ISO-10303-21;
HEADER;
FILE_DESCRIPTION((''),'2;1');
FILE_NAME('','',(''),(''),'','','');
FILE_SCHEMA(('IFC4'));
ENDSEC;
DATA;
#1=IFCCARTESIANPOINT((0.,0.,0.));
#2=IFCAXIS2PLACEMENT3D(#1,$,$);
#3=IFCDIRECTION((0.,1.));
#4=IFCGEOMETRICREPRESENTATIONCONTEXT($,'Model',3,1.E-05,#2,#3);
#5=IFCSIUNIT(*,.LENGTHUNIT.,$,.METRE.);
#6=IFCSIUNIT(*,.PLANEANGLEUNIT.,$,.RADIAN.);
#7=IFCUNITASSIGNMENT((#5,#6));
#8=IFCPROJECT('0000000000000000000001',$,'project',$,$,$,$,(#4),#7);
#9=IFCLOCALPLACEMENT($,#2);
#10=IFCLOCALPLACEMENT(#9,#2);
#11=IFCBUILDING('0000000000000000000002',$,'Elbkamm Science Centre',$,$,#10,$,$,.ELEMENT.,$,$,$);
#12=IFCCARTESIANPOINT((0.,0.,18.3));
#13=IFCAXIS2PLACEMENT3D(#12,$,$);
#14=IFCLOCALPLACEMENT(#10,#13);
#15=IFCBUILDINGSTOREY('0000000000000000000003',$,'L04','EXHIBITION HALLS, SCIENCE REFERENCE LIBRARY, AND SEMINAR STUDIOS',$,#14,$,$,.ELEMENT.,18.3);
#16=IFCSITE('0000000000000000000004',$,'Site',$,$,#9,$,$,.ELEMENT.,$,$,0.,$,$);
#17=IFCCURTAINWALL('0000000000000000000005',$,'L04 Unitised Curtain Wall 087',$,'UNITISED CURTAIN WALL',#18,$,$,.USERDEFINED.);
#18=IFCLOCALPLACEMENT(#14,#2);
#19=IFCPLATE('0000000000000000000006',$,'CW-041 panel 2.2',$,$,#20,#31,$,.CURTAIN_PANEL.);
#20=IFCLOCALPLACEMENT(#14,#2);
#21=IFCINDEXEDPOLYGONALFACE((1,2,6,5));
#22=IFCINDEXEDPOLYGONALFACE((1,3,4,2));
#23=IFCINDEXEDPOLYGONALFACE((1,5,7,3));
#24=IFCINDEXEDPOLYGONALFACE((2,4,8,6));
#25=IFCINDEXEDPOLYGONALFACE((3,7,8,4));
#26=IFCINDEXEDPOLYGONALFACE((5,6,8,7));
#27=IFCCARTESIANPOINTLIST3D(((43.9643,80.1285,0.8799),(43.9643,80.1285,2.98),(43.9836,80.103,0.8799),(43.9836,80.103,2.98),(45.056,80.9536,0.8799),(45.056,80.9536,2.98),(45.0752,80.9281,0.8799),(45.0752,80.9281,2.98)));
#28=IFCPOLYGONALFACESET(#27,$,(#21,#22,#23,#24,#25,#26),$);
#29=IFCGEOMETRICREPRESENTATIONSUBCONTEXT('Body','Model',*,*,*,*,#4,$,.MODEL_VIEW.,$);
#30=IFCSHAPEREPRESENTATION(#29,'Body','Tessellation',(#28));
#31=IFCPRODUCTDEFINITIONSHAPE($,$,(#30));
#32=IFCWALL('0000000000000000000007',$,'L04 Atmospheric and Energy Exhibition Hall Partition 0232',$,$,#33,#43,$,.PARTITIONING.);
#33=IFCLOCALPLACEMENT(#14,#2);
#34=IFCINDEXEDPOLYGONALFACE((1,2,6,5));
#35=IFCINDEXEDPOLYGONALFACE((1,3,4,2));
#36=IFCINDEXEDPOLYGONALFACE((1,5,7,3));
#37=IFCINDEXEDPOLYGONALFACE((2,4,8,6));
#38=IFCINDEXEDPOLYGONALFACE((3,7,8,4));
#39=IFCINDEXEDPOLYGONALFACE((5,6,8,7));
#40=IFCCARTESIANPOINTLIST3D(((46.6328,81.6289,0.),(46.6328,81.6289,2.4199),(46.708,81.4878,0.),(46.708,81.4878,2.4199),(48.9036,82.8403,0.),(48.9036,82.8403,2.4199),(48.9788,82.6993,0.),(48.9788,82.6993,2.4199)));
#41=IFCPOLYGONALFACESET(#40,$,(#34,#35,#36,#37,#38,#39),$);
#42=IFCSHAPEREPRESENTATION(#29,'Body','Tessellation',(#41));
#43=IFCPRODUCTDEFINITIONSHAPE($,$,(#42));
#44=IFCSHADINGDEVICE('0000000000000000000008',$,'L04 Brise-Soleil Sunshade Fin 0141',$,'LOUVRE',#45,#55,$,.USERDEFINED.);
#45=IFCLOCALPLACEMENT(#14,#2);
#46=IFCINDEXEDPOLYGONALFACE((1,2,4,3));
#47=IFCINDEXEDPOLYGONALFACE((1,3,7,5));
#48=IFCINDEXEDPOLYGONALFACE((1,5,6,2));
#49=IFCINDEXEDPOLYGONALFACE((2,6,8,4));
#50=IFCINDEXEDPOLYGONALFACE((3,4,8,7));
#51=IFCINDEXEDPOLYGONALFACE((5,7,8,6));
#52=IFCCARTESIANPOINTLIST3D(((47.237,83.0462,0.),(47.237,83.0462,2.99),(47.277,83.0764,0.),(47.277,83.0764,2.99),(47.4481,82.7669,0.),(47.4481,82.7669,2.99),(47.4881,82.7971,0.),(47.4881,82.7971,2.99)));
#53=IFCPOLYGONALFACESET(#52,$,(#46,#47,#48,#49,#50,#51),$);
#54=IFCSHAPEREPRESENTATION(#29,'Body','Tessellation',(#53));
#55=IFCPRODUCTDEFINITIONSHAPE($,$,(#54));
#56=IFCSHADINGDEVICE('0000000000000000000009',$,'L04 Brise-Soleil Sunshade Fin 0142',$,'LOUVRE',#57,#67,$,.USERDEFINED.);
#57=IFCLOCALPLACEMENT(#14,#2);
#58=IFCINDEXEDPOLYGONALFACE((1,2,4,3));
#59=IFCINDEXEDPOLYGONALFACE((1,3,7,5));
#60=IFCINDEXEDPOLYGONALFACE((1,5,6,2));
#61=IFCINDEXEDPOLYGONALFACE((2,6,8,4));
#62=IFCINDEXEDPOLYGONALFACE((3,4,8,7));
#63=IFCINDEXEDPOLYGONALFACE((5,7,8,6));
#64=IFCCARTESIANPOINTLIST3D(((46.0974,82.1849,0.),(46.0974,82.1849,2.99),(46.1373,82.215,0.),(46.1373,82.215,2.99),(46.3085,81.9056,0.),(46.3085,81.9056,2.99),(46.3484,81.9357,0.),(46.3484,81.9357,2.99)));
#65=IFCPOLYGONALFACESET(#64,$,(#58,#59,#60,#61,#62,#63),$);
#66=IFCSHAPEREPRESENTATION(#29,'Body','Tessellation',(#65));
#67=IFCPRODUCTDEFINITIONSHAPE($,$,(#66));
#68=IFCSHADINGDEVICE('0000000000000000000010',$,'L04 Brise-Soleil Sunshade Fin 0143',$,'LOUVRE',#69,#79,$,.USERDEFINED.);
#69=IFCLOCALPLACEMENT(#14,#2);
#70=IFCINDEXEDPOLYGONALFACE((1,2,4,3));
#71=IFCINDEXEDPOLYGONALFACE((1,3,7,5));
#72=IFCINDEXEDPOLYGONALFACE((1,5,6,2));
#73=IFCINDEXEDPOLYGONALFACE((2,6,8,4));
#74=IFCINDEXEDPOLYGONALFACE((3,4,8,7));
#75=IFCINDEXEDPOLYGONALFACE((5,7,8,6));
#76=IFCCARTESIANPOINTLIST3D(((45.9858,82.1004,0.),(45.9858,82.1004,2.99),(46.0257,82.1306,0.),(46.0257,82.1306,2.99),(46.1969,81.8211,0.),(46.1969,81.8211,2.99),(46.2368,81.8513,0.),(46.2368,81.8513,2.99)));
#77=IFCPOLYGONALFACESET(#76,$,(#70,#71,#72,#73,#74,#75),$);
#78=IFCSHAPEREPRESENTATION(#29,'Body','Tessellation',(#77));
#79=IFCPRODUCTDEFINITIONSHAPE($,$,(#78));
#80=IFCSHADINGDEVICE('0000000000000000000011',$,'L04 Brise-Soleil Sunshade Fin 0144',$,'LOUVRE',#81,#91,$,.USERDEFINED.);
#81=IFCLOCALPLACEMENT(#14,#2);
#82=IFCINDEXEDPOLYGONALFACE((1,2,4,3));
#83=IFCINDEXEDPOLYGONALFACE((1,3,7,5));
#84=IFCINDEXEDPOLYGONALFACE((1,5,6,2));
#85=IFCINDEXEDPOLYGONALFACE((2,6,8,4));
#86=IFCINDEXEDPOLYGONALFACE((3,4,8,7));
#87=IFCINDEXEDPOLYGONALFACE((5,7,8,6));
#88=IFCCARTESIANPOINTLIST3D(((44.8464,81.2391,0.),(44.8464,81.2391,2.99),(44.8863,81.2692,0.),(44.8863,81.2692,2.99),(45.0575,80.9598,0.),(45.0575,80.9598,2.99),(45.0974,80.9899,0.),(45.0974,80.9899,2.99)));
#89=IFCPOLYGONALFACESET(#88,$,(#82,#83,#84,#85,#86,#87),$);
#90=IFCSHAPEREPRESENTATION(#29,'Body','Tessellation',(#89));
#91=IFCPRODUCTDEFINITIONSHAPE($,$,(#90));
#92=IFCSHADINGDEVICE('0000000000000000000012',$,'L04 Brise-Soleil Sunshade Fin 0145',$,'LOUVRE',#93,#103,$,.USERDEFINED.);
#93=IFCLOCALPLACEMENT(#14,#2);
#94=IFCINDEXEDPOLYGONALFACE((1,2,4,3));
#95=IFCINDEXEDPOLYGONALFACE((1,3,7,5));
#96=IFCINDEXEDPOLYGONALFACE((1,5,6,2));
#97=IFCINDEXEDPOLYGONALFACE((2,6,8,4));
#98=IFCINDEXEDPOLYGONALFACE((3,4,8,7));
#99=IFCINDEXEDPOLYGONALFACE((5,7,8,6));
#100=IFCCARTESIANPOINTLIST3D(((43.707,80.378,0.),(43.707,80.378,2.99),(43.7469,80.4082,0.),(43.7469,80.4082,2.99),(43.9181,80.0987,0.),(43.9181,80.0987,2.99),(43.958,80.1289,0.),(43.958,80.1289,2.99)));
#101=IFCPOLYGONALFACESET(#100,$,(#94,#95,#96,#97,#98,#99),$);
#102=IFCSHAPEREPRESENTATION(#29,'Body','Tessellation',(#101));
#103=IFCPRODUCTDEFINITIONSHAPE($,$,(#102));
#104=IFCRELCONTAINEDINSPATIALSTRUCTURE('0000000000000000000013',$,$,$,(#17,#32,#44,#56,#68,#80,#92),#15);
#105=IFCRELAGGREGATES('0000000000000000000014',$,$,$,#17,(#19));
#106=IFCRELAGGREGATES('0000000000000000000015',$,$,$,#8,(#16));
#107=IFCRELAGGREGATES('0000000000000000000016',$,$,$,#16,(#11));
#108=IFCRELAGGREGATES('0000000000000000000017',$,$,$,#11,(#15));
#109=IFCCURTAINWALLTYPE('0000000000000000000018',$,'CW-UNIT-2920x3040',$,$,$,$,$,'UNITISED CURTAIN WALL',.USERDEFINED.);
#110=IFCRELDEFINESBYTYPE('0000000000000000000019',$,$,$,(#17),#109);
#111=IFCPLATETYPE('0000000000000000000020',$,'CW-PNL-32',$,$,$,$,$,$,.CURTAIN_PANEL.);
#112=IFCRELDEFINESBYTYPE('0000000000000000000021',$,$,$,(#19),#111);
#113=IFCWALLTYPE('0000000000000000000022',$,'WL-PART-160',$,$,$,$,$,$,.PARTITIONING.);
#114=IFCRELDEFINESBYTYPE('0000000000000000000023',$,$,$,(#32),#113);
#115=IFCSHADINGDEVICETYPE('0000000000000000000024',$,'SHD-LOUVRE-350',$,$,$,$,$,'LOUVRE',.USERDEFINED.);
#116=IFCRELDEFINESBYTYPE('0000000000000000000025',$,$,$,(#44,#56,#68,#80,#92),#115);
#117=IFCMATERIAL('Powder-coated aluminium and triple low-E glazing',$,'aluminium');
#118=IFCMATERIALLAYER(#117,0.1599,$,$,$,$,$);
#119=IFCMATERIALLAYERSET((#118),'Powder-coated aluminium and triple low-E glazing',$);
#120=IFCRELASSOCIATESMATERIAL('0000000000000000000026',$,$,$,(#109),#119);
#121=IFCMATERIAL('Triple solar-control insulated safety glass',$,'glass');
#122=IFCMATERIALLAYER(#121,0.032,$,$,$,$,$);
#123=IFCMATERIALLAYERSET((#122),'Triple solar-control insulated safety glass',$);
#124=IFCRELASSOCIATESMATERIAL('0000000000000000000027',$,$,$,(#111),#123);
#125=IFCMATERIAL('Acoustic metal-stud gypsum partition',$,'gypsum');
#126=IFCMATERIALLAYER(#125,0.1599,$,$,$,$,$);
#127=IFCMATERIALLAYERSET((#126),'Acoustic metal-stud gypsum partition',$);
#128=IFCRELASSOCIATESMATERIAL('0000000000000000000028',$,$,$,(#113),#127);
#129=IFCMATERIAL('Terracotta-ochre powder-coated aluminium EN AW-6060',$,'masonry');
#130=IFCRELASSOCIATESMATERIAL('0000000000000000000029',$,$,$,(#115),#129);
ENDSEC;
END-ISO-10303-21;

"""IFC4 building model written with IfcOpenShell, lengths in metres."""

from ifc_helpers import new_model, si_unit, direction, frame, frame_2d, origin, origin_2d, place, context, subcontext, project, spatial, rectangle, extrude, material, layer, layer_set, type_object, element, aggregate, save


model = new_model("IFC4")

# Units and contexts
model_context = context("Model", 3, precision=1e-05, world=origin(), true_north=direction((0.0, 1.0)))
body_context = subcontext(model_context, "Body", "Model", "MODEL_VIEW")
ifc_project = project(units=[si_unit("LENGTHUNIT", "METRE"), si_unit("PLANEANGLEUNIT", "RADIAN")], contexts=[model_context])

# Site, building, storey
site_placement = place(None, origin())
site = spatial("IfcSite", under=ifc_project, at=site_placement, Name="Site", CompositionType="ELEMENT", RefElevation=0.0)
building_placement = place(site_placement, origin())
building = spatial("IfcBuilding", under=site, at=building_placement, Name="Elbkamm Science Centre", CompositionType="ELEMENT")
storey_placement = place(building_placement, frame((0.0, 0.0, 18.3)))
storey = spatial("IfcBuildingStorey", under=building, at=storey_placement, Name="L04", Description="EXHIBITION HALLS, SCIENCE REFERENCE LIBRARY, AND SEMINAR STUDIOS", CompositionType="ELEMENT", Elevation=18.3)

# Curtain wall
ifc_material_1 = material(Name="Powder-coated aluminium and triple low-E glazing", Category="aluminium")
ifc_layer_1 = layer(ifc_material_1, 0.1599)
ifc_layer_set_1 = layer_set([ifc_layer_1], Name="Powder-coated aluminium and triple low-E glazing")
curtain_wall_type = type_object("IfcCurtainWallType", Name="CW-UNIT-2920x3040", ElementType="UNITISED CURTAIN WALL", PredefinedType="USERDEFINED", material=ifc_layer_set_1)
curtain_wall_1_placement = place(storey_placement, origin())
curtain_wall_1 = element("IfcCurtainWall", 1, at=curtain_wall_1_placement, inside=storey, type_object=curtain_wall_type, Name="L04 Unitised Curtain Wall 087", ObjectType="UNITISED CURTAIN WALL", PredefinedType="USERDEFINED")

# Plate
ifc_material_2 = material(Name="Triple solar-control insulated safety glass", Category="glass")
ifc_layer_2 = layer(ifc_material_2, 0.032)
ifc_layer_set_2 = layer_set([ifc_layer_2], Name="Triple solar-control insulated safety glass")
plate_type = type_object("IfcPlateType", Name="CW-PNL-32", PredefinedType="CURTAIN_PANEL", material=ifc_layer_set_2)
plate_1_placement = place(storey_placement, frame((44.5198, 80.5283, 0.8799), z_axis=(0.0, 0.0, 1.0), x_axis=(-0.797744, -0.602997, 0.0)))
plate_1 = element("IfcPlate", 2, at=plate_1_placement, type_object=plate_type, Name="CW-041 panel 2.2", PredefinedType="CURTAIN_PANEL", context=body_context, shape_type="SweptSolid", body=[
    extrude(rectangle(XDim=1.3684, YDim=0.032, at=origin_2d()), origin(), (0.0, 0.0, 1.0), 2.1001),
])
aggregate(curtain_wall_1, [plate_1])

# Wall
ifc_material_3 = material(Name="Acoustic metal-stud gypsum partition", Category="gypsum")
ifc_layer_3 = layer(ifc_material_3, 0.1599)
ifc_layer_set_3 = layer_set([ifc_layer_3], Name="Acoustic metal-stud gypsum partition")
wall_type = type_object("IfcWallType", Name="WL-PART-160", PredefinedType="PARTITIONING", material=ifc_layer_set_3)
wall_placement = place(storey_placement, frame((46.6704, 81.5583, 0.0), z_axis=(0.0, 0.0, 1.0), x_axis=(0.882295, 0.470697, 0.0)))
element("IfcWall", 3, at=wall_placement, inside=storey, type_object=wall_type, Name="L04 Atmospheric and Energy Exhibition Hall Partition 0232", PredefinedType="PARTITIONING", context=body_context, shape_type="SweptSolid", body=[
    extrude(rectangle(XDim=2.5737, YDim=0.1599, at=frame_2d((1.2869, 0.0))), origin(), (0.0, 0.0, 1.0), 2.4199),
])

# Shading devices
ifc_material_4 = material(Name="Terracotta-ochre powder-coated aluminium EN AW-6060", Category="masonry")
shading_device_type = type_object("IfcShadingDeviceType", Name="SHD-LOUVRE-350", ElementType="LOUVRE", PredefinedType="USERDEFINED", material=ifc_material_4)
for number, where, z_axis, x_axis, name in (
    (4, (47.3625, 82.9216, 0.0), (0.0, 0.0, 1.0), (-0.602996, 0.797744, 0.0), "L04 Brise-Soleil Sunshade Fin 0141"),
    (5, (46.2229, 82.0603, 0.0), (0.0, 0.0, 1.0), (-0.602996, 0.797744, 0.0), "L04 Brise-Soleil Sunshade Fin 0142"),
    (6, (46.1113, 81.9758, 0.0), (0.0, 0.0, 1.0), (-0.602996, 0.797744, 0.0), "L04 Brise-Soleil Sunshade Fin 0143"),
    (7, (44.9719, 81.1145, 0.0), (0.0, 0.0, 1.0), (-0.602996, 0.797744, 0.0), "L04 Brise-Soleil Sunshade Fin 0144"),
    (8, (43.8325, 80.2534, 0.0), (0.0, 0.0, 1.0), (-0.602996, 0.797744, 0.0), "L04 Brise-Soleil Sunshade Fin 0145"),
):
    element("IfcShadingDevice", number, at=place(storey_placement, frame(where, z_axis=z_axis, x_axis=x_axis)), inside=storey, type_object=shading_device_type, Name=name, ObjectType="LOUVRE", PredefinedType="USERDEFINED", context=body_context, shape_type="SweptSolid", body=[
        extrude(rectangle(XDim=0.3501, YDim=0.05, at=origin_2d()), origin(), (0.0, 0.0, 1.0), 2.99),
    ])

save(model, "model.ifc")
